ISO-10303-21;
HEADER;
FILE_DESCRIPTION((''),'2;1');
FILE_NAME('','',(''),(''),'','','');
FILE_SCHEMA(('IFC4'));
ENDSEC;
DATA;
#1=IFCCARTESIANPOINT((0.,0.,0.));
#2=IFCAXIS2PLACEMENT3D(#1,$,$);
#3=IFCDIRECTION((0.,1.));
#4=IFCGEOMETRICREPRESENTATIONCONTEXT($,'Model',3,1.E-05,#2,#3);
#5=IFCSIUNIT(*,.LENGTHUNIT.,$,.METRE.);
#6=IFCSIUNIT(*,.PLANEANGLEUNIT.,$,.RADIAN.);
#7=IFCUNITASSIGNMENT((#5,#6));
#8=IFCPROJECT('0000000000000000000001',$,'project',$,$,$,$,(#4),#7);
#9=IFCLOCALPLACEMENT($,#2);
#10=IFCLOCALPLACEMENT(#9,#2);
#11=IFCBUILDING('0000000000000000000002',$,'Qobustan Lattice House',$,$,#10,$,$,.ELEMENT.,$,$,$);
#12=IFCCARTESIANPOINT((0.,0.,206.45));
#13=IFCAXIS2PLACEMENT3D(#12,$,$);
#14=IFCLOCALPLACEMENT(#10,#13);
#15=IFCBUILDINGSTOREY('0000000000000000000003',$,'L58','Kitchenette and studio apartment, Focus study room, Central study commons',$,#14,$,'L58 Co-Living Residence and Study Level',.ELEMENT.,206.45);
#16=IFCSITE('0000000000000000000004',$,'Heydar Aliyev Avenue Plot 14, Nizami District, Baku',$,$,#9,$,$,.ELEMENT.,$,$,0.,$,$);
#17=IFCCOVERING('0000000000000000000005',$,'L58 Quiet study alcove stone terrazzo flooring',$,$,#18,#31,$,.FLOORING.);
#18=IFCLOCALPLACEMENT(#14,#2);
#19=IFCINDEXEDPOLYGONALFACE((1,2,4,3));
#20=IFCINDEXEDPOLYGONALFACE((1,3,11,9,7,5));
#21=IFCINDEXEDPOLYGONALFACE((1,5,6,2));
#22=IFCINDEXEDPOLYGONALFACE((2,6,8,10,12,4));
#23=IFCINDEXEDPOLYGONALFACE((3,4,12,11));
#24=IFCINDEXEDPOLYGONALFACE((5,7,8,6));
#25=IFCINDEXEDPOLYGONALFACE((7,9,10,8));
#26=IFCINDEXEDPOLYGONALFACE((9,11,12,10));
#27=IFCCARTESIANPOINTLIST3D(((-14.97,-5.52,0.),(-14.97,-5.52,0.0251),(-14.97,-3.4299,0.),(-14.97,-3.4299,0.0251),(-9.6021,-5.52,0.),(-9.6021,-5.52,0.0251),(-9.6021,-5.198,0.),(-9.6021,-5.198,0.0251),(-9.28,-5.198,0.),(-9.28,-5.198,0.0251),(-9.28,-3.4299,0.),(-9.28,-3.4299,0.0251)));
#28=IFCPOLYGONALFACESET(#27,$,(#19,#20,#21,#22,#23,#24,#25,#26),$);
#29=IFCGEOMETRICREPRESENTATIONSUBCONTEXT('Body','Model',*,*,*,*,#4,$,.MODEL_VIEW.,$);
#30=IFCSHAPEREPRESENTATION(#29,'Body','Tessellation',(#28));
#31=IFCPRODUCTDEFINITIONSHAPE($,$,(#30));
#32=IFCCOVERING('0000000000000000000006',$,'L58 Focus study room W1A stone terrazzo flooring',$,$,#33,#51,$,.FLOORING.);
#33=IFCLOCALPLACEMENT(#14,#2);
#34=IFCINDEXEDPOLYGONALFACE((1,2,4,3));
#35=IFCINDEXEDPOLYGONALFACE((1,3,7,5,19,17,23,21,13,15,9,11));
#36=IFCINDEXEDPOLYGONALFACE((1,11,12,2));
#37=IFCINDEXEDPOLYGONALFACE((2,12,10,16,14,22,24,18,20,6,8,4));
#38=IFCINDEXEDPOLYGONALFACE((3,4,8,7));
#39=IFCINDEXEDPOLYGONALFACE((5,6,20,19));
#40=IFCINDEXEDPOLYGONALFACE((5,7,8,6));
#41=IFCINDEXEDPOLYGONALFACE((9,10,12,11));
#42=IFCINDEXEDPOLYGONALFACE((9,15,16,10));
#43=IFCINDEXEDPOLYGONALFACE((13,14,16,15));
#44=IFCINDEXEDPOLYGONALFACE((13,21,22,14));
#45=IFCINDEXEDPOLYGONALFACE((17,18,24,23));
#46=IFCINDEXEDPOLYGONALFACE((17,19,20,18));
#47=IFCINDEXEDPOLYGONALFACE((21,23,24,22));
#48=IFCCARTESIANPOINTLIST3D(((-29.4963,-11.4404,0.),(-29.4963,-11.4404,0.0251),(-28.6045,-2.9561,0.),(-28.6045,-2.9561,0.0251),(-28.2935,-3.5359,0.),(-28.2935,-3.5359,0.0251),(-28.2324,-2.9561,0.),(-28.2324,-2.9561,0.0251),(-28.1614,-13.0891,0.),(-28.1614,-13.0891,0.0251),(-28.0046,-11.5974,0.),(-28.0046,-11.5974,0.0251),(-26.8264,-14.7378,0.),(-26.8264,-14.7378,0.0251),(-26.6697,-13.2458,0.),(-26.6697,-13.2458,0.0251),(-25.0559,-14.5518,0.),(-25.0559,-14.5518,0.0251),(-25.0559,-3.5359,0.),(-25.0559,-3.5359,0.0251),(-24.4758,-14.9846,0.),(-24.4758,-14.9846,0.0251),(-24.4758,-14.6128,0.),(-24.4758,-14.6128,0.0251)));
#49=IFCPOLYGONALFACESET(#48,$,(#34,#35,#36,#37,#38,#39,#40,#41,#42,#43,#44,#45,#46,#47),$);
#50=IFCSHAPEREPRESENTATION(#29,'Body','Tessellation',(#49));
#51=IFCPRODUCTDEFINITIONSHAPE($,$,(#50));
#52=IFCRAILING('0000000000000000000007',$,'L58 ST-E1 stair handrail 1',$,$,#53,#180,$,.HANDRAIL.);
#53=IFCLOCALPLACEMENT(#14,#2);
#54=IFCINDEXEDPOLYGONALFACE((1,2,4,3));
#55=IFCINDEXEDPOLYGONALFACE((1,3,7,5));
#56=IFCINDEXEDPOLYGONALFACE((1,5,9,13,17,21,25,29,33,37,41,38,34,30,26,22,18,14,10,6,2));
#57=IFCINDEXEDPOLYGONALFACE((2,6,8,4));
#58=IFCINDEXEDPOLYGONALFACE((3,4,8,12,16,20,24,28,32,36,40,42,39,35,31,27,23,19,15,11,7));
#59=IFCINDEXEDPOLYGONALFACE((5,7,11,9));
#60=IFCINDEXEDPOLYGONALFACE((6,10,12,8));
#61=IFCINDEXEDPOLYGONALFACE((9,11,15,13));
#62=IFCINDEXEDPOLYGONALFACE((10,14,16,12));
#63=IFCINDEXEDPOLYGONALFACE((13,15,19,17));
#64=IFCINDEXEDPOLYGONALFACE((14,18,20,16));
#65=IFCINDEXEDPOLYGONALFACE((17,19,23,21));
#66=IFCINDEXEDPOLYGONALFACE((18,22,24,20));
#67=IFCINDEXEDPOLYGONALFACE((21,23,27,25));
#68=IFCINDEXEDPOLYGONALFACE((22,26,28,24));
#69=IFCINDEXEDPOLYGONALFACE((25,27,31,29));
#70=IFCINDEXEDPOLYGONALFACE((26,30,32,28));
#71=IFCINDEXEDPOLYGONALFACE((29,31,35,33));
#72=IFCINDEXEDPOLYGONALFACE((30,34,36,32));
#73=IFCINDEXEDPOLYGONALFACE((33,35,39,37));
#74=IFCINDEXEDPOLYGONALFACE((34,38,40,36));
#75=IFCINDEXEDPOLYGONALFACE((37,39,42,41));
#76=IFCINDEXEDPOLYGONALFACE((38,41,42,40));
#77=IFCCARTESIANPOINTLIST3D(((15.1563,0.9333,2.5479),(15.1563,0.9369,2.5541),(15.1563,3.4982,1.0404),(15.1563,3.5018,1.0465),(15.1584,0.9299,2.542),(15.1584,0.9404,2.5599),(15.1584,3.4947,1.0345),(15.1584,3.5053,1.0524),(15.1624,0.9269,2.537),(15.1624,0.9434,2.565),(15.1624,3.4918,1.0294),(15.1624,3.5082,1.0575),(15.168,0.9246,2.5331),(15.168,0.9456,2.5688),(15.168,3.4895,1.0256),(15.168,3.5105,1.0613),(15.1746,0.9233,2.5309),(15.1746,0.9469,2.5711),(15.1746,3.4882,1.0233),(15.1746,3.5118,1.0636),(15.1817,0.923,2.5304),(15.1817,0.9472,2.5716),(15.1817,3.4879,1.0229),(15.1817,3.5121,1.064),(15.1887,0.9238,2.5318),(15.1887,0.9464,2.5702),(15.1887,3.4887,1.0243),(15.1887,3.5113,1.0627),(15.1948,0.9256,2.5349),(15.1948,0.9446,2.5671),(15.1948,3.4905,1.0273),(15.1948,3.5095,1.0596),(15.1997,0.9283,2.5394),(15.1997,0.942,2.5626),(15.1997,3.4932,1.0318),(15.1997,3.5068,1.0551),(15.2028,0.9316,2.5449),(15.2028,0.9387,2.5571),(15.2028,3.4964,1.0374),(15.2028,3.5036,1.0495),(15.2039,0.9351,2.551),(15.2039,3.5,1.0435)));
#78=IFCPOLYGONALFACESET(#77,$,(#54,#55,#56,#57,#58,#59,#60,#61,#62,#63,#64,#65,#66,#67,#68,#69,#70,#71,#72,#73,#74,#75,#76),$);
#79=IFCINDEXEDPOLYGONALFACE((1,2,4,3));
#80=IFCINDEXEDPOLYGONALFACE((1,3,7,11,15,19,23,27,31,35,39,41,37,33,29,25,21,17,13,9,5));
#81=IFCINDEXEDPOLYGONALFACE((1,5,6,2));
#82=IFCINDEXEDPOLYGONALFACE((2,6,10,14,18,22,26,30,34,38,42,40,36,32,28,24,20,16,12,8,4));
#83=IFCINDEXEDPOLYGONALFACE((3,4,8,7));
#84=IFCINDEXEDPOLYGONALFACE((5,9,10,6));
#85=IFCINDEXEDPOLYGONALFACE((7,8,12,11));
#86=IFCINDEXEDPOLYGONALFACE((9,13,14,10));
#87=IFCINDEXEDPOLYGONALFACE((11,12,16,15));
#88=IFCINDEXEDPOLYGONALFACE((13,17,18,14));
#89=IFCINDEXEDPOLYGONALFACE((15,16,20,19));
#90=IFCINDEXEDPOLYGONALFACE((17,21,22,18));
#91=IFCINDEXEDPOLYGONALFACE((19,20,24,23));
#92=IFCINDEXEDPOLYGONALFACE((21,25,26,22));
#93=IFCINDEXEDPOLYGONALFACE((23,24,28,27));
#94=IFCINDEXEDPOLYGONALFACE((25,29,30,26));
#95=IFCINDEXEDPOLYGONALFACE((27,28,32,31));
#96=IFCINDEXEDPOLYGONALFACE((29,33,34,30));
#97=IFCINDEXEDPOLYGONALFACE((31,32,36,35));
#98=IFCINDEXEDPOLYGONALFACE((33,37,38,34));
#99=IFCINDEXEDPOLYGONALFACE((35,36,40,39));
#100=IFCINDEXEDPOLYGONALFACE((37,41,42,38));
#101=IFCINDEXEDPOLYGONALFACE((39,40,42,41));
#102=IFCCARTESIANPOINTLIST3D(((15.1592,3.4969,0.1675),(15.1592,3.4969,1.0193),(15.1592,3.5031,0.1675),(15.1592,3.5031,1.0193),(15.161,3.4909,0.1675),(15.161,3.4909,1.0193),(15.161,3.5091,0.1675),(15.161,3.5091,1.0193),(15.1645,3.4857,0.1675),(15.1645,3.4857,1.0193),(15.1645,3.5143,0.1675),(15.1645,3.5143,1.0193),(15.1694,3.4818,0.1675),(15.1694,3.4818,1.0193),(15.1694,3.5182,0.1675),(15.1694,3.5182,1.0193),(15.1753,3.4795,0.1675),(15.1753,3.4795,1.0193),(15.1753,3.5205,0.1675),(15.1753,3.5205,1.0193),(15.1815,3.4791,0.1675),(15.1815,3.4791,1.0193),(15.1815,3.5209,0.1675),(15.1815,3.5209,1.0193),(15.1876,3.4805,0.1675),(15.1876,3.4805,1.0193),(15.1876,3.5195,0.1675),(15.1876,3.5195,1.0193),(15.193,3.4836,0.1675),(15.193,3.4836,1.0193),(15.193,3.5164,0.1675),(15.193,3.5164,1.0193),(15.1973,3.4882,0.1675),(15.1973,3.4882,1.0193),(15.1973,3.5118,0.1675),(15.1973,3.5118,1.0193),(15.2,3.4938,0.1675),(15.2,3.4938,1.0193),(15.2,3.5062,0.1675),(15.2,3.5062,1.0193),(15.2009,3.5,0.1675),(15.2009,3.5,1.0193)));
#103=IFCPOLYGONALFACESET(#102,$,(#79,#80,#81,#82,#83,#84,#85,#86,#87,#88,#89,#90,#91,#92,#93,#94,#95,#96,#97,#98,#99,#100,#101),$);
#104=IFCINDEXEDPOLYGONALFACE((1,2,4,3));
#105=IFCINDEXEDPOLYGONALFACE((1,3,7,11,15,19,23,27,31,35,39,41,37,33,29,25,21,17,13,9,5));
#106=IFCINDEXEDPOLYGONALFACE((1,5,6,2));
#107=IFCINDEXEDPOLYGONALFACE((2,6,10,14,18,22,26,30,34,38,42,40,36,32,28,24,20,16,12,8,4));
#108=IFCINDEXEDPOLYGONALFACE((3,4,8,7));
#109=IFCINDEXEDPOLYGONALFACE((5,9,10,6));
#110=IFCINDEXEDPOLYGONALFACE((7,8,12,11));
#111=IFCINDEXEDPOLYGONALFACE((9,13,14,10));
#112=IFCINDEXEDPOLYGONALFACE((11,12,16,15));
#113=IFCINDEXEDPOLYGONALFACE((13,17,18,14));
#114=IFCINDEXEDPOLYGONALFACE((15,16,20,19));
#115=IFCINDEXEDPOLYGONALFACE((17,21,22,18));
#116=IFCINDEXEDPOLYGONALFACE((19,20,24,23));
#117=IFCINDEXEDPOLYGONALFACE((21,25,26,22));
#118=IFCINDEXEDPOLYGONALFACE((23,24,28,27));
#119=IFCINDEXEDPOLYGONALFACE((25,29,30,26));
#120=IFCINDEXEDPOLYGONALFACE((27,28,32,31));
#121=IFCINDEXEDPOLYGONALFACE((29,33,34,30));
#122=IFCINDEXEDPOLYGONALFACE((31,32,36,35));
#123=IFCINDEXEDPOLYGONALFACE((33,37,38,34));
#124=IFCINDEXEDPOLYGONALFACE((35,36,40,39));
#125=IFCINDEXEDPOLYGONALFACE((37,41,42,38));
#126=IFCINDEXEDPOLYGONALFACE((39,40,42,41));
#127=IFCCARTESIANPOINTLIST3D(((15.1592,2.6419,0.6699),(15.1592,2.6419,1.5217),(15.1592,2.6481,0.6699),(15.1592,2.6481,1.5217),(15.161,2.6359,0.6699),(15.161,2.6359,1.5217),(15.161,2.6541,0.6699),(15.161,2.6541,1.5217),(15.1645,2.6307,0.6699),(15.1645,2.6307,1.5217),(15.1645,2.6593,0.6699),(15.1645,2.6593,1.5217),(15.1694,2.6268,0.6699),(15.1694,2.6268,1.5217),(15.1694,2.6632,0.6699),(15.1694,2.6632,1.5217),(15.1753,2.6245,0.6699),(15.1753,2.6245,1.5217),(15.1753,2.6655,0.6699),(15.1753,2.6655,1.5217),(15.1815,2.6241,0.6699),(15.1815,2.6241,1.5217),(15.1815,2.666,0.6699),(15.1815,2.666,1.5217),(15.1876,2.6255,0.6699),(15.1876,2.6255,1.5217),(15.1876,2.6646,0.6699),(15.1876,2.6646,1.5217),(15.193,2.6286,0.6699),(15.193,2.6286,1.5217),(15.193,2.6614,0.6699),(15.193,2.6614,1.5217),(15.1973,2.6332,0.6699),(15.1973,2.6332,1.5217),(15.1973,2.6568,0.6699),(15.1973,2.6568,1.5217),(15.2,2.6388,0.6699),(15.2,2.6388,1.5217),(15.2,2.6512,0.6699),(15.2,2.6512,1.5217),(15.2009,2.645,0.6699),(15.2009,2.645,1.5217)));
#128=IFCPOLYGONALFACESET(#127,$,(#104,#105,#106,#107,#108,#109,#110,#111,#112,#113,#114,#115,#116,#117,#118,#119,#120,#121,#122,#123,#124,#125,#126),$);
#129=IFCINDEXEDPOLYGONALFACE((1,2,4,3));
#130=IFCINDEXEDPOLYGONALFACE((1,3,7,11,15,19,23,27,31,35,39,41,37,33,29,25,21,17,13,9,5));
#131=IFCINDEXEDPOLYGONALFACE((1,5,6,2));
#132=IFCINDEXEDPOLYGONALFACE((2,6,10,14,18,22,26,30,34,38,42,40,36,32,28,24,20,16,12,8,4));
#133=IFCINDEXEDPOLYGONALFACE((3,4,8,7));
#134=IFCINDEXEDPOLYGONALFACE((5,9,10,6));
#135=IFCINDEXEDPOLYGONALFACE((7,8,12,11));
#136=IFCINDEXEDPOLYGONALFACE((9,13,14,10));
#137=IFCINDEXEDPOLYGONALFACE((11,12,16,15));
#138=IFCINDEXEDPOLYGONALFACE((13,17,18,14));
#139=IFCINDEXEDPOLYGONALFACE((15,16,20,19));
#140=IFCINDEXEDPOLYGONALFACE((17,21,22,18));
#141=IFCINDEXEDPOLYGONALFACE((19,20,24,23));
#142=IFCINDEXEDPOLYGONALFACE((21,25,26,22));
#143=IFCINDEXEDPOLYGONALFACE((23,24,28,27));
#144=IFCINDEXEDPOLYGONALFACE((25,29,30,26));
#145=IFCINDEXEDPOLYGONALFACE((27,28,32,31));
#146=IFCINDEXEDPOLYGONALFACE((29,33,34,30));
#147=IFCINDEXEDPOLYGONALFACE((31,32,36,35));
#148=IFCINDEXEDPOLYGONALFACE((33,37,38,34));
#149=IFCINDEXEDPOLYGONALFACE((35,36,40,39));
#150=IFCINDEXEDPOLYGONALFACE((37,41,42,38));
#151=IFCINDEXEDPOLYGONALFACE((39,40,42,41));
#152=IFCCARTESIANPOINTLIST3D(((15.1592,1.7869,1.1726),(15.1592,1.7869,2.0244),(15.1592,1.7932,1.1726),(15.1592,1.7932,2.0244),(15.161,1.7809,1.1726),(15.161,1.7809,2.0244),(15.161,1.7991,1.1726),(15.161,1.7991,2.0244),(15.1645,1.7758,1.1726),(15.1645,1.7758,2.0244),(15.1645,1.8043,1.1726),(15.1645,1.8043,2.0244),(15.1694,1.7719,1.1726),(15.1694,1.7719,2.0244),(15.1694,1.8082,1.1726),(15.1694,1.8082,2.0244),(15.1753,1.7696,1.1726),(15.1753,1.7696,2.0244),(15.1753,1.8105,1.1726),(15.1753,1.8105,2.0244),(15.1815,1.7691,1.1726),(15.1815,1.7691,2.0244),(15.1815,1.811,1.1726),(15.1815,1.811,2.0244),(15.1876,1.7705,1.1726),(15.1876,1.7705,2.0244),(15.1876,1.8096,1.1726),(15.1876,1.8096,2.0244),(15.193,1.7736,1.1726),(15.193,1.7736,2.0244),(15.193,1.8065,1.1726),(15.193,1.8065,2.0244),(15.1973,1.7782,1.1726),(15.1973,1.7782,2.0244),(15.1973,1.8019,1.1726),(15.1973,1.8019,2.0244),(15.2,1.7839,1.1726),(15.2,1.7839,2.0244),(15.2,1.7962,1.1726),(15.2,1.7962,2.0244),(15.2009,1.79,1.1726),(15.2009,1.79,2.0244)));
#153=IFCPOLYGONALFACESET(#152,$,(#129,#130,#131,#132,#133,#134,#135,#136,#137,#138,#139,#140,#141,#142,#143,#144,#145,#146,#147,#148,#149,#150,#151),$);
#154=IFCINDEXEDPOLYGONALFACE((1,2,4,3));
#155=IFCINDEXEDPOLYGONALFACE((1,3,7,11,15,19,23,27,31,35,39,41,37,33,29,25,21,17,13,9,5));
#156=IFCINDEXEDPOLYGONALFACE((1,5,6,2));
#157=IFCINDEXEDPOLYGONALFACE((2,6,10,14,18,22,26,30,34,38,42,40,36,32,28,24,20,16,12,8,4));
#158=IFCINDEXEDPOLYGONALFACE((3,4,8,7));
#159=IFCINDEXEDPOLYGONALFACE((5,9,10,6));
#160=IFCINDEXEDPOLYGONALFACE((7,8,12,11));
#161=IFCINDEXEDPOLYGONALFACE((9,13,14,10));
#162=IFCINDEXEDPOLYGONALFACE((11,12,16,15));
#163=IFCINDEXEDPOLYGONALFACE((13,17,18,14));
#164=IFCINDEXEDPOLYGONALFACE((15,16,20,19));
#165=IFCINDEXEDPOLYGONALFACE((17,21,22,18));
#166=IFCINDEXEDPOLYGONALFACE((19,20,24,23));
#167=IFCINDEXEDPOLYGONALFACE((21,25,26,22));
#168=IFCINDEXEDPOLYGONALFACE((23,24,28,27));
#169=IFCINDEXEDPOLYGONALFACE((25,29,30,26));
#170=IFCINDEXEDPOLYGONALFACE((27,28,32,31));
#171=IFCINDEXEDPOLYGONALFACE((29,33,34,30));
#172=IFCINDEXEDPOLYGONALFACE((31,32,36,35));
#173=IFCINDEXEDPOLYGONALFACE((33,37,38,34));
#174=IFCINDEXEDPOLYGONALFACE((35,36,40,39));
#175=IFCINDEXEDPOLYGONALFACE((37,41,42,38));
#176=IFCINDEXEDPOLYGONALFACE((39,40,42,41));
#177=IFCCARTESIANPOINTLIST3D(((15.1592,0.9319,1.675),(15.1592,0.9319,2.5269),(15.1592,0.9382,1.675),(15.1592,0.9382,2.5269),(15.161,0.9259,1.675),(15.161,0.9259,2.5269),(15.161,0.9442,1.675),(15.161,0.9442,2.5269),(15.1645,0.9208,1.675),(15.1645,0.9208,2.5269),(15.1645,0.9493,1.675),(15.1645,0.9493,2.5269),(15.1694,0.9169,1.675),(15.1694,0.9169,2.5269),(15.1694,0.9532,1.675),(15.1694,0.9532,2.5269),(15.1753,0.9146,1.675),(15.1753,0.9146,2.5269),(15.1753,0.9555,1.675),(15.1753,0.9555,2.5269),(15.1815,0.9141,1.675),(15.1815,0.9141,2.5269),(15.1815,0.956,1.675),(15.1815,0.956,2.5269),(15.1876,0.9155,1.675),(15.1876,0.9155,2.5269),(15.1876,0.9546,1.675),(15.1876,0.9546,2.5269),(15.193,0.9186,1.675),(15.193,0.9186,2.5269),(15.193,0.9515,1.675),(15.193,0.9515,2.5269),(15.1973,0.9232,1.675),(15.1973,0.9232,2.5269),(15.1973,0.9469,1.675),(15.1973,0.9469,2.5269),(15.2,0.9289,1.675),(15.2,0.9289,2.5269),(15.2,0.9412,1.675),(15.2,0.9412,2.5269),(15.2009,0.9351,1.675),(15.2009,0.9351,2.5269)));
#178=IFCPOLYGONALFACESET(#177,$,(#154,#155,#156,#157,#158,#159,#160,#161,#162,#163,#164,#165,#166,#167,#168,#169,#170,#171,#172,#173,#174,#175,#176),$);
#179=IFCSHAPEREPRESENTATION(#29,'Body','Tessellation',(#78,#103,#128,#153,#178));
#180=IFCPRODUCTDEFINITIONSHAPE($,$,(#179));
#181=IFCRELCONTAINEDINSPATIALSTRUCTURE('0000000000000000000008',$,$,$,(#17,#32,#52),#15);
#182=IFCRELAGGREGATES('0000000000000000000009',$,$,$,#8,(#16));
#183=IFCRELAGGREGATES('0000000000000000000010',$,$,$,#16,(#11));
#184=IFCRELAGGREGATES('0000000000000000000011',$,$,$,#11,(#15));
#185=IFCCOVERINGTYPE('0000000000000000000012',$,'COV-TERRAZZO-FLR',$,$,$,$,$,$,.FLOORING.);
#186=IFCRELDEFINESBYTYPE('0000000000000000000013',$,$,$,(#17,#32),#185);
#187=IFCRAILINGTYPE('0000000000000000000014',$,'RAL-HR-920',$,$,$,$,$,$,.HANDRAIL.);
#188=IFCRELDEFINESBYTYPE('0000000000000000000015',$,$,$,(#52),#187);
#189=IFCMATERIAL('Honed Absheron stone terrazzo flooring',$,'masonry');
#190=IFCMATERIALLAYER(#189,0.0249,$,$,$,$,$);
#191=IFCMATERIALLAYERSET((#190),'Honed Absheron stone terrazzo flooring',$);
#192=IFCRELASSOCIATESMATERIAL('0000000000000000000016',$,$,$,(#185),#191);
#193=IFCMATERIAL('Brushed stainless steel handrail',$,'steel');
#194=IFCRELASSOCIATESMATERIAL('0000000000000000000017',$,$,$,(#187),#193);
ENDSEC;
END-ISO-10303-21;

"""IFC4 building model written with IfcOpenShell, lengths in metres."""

from ifc_helpers import new_model, si_unit, direction, frame, origin, origin_2d, place, context, subcontext, project, spatial, polyline, circle, outline, extrude, material, layer, layer_set, type_object, element, save


model = new_model("IFC4")

# Units and contexts
model_context = context("Model", 3, precision=1e-05, world=origin(), true_north=direction((0.0, 1.0)))
body_context = subcontext(model_context, "Body", "Model", "MODEL_VIEW")
ifc_project = project(units=[si_unit("LENGTHUNIT", "METRE"), si_unit("PLANEANGLEUNIT", "RADIAN")], contexts=[model_context])

# Site, building, storey
site_placement = place(None, origin())
site = spatial("IfcSite", under=ifc_project, at=site_placement, Name="Heydar Aliyev Avenue Plot 14, Nizami District, Baku", CompositionType="ELEMENT", RefElevation=0.0)
building_placement = place(site_placement, origin())
building = spatial("IfcBuilding", under=site, at=building_placement, Name="Qobustan Lattice House", CompositionType="ELEMENT")
storey_placement = place(building_placement, frame((0.0, 0.0, 206.45)))
storey = spatial("IfcBuildingStorey", under=building, at=storey_placement, Name="L58", Description="Kitchenette and studio apartment, Focus study room, Central study commons", LongName="L58 Co-Living Residence and Study Level", CompositionType="ELEMENT", Elevation=206.45)

# Coverings
ifc_material_1 = material(Name="Honed Absheron stone terrazzo flooring", Category="masonry")
ifc_layer_1 = layer(ifc_material_1, 0.0249)
ifc_layer_set_1 = layer_set([ifc_layer_1], Name="Honed Absheron stone terrazzo flooring")
covering_type_1 = type_object("IfcCoveringType", Name="COV-TERRAZZO-FLR", PredefinedType="FLOORING", material=ifc_layer_set_1)
covering_1_placement = place(storey_placement, origin())
element("IfcCovering", 1, at=covering_1_placement, inside=storey, type_object=covering_type_1, Name="L58 Quiet study alcove stone terrazzo flooring", PredefinedType="FLOORING", context=body_context, shape_type="SweptSolid", body=[
    extrude(outline(polyline([(-9.28, -3.4299), (-14.97, -3.4299), (-14.97, -5.52), (-9.6021, -5.52), (-9.6021, -5.198), (-9.28, -5.198), (-9.28, -3.4299)])), origin(), (0.0, 0.0, 1.0), 0.0251),
])
covering_2_placement = place(storey_placement, origin())
element("IfcCovering", 2, at=covering_2_placement, inside=storey, type_object=covering_type_1, Name="L58 Focus study room W1A stone terrazzo flooring", PredefinedType="FLOORING", context=body_context, shape_type="SweptSolid", body=[
    extrude(outline(polyline([(-26.8264, -14.7378), (-24.4758, -14.9846), (-24.4758, -14.6128), (-25.0559, -14.5518), (-25.0559, -3.5359), (-28.2935, -3.5359), (-28.2324, -2.9561), (-28.6045, -2.9561), (-29.4963, -11.4404), (-28.0046, -11.5974), (-28.1614, -13.0891), (-26.6697, -13.2458), (-26.8264, -14.7378)])), origin(), (0.0, 0.0, 1.0), 0.0251),
])

# Railing
ifc_material_2 = material(Name="Brushed stainless steel handrail", Category="steel")
railing_type = type_object("IfcRailingType", Name="RAL-HR-920", PredefinedType="HANDRAIL", material=ifc_material_2)
railing_placement = place(storey_placement, frame((15.1799, 3.5, 0.1675)))
element("IfcRailing", 3, at=railing_placement, inside=storey, type_object=railing_type, Name="L58 ST-E1 stair handrail 1", PredefinedType="HANDRAIL", context=body_context, shape_type="SweptSolid", body=[
    extrude(circle(Radius=0.0239, at=origin_2d()), frame((0.0, 0.0, 0.876), z_axis=(0.0, -0.862113, 0.506715), x_axis=(1.0, 0.0, 0.0)), (0.0, 0.0, 1.0), 2.9751),
    extrude(circle(Radius=0.021, at=origin_2d()), origin(), (0.0, 0.0, 1.0), 0.8518),
    extrude(circle(Radius=0.021, at=origin_2d()), frame((0.0, -0.855, 0.5024)), (0.0, 0.0, 1.0), 0.8518),
    extrude(circle(Radius=0.021, at=origin_2d()), frame((0.0, -1.71, 1.0051)), (0.0, 0.0, 1.0), 0.8518),
    extrude(circle(Radius=0.021, at=origin_2d()), frame((0.0, -2.5649, 1.5076)), (0.0, 0.0, 1.0), 0.8518),
])

save(model, "model.ifc")
